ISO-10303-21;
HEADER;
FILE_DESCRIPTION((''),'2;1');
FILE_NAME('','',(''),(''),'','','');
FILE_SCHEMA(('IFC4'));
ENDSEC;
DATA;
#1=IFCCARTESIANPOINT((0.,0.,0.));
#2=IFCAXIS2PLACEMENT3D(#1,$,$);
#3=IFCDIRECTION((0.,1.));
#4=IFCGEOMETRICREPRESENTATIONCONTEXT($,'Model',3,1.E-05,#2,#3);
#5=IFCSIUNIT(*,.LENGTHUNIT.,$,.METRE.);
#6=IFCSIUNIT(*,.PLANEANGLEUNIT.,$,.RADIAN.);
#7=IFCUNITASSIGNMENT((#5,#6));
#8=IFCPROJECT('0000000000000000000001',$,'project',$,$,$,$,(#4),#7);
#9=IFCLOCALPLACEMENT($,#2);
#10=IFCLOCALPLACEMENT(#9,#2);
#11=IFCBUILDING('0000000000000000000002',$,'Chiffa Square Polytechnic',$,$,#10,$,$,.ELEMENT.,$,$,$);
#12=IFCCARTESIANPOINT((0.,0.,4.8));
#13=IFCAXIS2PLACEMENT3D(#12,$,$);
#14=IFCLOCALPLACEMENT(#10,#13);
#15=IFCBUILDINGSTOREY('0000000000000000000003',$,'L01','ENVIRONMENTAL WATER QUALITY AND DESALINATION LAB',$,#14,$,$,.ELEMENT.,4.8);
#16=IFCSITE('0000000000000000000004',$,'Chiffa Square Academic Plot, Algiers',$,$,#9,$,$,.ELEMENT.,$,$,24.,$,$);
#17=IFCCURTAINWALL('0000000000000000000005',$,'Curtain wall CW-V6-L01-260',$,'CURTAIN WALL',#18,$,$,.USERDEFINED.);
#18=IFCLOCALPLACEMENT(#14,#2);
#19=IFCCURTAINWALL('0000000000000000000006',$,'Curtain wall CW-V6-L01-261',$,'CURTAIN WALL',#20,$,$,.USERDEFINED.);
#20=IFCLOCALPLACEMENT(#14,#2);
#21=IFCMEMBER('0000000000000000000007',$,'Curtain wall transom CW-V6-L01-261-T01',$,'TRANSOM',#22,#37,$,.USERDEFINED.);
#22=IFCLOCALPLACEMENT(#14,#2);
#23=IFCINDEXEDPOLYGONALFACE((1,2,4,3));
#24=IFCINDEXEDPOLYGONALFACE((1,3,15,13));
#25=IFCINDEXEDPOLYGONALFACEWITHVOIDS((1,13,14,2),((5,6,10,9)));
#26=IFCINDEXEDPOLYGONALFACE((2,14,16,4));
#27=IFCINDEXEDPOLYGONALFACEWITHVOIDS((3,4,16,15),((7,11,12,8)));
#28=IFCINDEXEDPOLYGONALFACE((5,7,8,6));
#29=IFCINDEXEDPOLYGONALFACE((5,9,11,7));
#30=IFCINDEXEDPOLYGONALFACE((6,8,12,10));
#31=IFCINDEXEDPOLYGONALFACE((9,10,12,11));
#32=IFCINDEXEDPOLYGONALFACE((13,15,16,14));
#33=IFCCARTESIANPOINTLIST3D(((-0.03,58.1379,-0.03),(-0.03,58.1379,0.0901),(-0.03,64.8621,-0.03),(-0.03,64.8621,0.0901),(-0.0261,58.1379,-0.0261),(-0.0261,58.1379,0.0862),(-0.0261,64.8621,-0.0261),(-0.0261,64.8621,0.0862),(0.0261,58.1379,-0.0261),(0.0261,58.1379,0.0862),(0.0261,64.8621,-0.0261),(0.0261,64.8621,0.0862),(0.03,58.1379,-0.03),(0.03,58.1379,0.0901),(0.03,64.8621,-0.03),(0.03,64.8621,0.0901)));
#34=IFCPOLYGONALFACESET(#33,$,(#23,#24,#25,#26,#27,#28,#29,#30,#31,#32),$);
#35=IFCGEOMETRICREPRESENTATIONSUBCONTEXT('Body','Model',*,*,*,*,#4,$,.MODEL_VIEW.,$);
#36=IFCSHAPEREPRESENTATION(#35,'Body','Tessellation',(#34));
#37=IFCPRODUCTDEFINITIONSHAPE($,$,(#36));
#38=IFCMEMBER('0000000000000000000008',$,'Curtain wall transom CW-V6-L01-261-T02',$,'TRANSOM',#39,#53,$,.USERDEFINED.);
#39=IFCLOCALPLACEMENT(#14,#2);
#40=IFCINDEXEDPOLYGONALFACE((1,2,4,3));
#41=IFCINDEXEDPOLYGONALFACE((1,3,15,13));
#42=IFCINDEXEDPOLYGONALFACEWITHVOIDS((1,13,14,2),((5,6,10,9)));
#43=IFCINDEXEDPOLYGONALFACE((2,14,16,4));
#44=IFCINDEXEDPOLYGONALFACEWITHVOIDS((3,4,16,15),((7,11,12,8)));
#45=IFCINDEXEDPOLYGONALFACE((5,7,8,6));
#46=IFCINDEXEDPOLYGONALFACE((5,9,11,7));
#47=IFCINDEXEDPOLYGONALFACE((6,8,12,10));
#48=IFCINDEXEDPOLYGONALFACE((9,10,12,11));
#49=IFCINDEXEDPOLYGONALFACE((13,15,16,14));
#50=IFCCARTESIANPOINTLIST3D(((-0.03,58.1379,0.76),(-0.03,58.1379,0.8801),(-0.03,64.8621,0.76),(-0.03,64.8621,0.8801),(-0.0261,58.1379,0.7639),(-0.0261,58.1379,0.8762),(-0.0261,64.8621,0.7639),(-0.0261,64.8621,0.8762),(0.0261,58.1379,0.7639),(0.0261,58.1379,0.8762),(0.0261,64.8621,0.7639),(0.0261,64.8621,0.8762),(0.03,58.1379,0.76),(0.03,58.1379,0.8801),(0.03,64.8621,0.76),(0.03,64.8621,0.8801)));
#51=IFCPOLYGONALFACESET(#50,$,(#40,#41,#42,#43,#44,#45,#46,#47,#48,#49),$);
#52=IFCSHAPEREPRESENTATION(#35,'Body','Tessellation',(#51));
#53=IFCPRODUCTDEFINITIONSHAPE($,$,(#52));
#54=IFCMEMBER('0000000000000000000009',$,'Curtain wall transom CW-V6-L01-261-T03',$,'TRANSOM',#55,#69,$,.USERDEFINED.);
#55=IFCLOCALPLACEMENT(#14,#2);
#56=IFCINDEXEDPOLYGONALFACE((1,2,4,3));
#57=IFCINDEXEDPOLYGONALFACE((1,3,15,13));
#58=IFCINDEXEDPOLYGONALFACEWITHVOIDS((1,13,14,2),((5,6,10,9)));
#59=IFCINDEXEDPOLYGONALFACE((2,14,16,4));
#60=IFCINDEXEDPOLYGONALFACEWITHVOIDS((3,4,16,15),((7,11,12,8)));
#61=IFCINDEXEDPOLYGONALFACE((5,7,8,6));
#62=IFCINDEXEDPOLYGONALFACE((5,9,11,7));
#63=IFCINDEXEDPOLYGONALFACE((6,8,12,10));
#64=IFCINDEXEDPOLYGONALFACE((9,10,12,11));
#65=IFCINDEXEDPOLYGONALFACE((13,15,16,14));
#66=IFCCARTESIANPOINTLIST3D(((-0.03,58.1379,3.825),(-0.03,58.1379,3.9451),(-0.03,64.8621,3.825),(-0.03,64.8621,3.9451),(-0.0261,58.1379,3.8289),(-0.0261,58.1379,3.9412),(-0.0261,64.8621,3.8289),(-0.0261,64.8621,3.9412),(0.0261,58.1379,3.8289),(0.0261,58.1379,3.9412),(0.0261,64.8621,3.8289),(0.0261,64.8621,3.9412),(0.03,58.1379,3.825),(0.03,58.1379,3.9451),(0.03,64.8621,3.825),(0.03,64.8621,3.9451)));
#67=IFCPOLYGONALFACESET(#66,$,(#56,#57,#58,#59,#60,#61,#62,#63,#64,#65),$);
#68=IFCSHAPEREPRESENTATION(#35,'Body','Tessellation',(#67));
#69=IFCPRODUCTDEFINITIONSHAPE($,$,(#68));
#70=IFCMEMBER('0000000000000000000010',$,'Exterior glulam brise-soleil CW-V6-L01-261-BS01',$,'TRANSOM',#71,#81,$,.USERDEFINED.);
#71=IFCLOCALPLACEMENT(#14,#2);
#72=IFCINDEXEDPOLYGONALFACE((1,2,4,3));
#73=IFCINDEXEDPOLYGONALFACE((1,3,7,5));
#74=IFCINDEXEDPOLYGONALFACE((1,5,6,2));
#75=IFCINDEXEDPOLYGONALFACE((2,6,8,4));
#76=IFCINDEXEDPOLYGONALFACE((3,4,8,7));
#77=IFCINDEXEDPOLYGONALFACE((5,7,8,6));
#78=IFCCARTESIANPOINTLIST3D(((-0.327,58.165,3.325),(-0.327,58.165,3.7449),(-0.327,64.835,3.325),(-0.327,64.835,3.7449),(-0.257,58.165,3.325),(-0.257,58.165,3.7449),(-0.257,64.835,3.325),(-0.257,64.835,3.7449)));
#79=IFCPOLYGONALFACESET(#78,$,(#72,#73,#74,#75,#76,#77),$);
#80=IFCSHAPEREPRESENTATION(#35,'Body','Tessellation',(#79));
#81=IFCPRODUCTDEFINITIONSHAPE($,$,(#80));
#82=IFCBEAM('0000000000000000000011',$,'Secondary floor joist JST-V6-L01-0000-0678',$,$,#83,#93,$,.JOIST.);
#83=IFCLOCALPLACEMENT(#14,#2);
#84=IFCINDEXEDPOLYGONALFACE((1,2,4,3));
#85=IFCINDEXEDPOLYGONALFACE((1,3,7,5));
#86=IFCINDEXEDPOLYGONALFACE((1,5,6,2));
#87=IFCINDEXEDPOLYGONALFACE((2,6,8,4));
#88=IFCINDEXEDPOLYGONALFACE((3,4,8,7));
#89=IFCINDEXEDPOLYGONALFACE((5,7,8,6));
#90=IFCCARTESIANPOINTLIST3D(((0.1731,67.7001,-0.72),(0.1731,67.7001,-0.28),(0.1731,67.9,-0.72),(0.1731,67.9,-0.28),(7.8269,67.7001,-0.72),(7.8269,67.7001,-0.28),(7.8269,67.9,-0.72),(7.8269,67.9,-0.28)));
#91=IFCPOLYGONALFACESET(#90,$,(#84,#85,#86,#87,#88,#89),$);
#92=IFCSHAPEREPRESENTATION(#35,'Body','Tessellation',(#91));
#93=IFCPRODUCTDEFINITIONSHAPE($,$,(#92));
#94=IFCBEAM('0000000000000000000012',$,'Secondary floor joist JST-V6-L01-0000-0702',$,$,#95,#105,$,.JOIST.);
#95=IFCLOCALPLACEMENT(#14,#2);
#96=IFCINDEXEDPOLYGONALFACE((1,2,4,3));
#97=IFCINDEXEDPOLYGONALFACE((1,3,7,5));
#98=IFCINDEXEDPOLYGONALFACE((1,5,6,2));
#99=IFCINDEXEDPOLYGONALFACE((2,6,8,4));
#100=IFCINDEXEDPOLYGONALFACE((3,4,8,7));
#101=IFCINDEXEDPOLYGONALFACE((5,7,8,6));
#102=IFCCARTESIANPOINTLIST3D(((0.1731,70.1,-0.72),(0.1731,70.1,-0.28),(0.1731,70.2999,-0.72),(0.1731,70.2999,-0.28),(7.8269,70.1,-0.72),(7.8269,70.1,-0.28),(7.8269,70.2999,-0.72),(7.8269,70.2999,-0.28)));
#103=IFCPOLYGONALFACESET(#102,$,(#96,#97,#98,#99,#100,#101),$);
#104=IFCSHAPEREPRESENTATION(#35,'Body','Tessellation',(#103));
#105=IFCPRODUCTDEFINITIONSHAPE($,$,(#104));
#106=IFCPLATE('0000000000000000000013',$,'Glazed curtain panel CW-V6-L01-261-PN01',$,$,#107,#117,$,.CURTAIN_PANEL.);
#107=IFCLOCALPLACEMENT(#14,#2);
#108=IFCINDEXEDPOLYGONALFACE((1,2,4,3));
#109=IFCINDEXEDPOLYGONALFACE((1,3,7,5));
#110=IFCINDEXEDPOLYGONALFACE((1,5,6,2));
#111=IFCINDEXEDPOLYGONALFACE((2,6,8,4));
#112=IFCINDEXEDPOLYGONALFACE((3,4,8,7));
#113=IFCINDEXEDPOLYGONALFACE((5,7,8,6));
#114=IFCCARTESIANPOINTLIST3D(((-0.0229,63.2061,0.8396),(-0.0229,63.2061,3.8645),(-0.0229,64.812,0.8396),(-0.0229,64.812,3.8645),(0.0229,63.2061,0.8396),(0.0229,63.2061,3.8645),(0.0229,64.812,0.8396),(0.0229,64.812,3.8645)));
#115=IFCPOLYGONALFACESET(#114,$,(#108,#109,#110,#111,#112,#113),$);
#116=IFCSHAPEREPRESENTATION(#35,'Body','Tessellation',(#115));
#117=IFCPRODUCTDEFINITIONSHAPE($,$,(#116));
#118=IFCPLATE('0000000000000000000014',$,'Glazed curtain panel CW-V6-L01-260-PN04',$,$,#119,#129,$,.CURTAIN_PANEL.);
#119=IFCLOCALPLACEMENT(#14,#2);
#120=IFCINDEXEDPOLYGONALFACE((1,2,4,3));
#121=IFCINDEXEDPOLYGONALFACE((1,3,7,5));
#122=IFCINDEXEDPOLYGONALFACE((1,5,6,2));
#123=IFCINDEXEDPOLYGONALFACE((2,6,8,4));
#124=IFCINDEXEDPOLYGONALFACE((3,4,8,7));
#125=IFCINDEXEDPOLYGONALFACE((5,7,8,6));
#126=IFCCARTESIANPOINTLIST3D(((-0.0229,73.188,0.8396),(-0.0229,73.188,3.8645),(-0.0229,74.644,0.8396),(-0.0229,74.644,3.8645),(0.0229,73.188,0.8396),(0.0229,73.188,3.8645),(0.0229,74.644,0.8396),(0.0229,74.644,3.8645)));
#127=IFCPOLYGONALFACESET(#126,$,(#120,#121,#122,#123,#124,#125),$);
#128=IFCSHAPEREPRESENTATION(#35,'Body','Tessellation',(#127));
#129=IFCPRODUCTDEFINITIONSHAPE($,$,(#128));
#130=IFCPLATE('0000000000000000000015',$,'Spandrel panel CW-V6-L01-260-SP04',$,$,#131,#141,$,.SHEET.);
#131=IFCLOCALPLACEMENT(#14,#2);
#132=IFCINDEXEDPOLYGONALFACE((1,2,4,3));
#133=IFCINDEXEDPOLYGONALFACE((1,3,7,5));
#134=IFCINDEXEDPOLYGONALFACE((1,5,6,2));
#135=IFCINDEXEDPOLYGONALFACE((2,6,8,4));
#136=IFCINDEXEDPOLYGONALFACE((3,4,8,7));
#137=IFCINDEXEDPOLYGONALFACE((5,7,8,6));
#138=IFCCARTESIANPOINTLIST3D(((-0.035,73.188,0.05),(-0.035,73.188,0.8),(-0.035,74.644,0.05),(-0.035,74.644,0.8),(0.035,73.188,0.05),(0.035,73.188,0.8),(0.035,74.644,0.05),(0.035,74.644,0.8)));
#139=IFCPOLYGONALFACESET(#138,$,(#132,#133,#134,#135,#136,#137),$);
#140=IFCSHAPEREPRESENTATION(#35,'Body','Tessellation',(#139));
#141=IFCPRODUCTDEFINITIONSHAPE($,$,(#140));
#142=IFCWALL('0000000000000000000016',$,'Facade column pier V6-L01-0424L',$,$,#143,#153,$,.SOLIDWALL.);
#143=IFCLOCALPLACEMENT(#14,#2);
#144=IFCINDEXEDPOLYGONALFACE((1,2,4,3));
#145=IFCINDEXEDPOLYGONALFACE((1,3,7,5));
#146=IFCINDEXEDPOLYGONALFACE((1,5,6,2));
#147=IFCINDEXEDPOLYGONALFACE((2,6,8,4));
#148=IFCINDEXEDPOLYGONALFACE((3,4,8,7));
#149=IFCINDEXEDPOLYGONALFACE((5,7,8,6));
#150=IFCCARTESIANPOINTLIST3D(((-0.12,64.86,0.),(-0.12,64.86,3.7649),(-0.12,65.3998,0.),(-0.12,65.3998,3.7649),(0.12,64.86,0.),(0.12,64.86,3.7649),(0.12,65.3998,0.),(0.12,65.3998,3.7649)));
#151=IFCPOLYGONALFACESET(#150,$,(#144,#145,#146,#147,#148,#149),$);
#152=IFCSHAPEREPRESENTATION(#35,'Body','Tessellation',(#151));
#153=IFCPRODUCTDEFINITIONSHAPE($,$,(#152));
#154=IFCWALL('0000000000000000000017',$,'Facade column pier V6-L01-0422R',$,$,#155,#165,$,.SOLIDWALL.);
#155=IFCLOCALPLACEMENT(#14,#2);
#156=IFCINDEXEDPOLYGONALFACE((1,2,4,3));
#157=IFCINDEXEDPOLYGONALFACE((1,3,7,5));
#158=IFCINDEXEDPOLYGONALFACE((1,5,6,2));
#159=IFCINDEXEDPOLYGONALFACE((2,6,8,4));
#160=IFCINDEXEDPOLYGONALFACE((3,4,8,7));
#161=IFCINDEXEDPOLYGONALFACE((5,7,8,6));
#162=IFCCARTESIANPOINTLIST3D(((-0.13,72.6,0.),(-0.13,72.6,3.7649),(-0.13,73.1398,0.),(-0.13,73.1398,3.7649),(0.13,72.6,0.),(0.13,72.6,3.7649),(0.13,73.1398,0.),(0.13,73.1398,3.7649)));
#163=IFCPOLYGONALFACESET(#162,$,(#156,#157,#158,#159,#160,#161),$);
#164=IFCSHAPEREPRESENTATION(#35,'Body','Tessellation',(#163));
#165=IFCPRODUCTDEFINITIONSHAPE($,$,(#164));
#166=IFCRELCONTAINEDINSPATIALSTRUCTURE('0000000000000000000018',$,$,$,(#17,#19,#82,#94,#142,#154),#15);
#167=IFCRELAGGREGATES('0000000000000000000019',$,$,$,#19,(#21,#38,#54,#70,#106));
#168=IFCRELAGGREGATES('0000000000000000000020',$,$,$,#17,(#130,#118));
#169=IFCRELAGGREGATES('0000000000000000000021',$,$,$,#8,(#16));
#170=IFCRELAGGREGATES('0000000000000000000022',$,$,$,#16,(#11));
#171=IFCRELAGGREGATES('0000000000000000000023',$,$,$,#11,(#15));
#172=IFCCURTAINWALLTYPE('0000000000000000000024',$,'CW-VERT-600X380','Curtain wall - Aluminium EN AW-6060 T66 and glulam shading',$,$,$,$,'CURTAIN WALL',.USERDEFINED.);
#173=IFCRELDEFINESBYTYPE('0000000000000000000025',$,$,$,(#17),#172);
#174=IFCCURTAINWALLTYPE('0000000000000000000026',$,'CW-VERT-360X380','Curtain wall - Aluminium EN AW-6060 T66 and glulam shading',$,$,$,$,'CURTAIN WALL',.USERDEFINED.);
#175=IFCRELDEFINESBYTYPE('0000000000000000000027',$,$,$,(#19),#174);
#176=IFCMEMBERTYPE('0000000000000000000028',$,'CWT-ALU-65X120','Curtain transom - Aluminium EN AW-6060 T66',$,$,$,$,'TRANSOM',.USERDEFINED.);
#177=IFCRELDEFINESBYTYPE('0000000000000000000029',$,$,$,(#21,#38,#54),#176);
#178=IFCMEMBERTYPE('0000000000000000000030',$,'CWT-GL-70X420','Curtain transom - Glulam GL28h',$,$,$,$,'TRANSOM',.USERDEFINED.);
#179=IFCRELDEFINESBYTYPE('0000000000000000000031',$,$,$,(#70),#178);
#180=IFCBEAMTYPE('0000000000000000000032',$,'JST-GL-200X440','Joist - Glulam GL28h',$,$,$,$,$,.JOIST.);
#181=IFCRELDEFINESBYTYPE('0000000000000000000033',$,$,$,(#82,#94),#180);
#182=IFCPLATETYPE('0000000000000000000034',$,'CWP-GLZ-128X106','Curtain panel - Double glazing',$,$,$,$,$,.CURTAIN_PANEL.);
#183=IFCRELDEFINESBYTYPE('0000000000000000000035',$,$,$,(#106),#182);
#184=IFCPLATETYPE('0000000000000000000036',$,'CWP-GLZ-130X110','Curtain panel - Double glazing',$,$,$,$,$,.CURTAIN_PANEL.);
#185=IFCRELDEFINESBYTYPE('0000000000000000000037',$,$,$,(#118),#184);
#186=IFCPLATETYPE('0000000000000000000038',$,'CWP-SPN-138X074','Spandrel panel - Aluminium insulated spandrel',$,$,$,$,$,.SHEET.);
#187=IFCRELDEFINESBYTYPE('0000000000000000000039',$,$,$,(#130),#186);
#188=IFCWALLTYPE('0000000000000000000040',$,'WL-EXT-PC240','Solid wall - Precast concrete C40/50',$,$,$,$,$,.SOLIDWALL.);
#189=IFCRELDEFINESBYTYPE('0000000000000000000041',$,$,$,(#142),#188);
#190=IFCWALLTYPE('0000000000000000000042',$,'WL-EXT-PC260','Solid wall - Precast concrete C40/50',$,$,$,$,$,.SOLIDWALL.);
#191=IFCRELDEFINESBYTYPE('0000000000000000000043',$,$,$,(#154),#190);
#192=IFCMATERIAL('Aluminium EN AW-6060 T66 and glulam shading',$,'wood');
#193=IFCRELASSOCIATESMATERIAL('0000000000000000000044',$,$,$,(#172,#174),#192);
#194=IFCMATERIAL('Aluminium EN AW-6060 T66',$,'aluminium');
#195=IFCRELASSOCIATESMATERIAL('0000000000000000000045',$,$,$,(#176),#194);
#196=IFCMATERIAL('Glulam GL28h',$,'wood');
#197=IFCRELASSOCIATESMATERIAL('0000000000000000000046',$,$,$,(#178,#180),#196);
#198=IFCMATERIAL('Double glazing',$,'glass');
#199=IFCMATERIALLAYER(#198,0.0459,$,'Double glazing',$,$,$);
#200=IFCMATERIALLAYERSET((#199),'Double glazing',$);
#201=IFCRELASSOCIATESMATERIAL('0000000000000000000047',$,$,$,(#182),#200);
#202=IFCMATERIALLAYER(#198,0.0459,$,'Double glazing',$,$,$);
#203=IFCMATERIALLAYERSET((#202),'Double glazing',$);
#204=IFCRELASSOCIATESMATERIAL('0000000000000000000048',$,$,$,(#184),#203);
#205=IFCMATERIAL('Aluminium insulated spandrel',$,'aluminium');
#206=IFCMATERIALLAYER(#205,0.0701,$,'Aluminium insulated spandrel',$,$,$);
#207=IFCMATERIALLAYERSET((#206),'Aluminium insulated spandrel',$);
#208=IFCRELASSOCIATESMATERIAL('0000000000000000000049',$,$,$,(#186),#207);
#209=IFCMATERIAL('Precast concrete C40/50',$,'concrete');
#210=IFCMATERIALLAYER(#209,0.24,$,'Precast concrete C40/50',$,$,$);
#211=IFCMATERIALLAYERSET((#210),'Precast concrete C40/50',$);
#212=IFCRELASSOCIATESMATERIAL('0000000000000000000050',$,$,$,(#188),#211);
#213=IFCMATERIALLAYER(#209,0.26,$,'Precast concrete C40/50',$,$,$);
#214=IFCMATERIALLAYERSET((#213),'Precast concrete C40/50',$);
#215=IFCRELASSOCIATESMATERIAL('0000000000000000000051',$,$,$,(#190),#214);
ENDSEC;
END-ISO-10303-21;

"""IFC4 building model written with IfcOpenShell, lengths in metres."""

from ifc_helpers import new_model, si_unit, direction, frame, frame_2d, origin, origin_2d, place, context, subcontext, project, spatial, rectangle, hollow_rectangle, extrude, material, layer, layer_set, material_profile, profile_set, type_object, element, aggregate, save


model = new_model("IFC4")

# Units and contexts
model_context = context("Model", 3, precision=1e-05, world=origin(), true_north=direction((0.0, 1.0)))
body_context = subcontext(model_context, "Body", "Model", "MODEL_VIEW")
ifc_project = project(units=[si_unit("LENGTHUNIT", "METRE"), si_unit("PLANEANGLEUNIT", "RADIAN")], contexts=[model_context])

# Site, building, storey
site_placement = place(None, origin())
site = spatial("IfcSite", under=ifc_project, at=site_placement, Name="Chiffa Square Academic Plot, Algiers", CompositionType="ELEMENT", RefElevation=24.0)
building_placement = place(site_placement, origin())
building = spatial("IfcBuilding", under=site, at=building_placement, Name="Chiffa Square Polytechnic", CompositionType="ELEMENT")
storey_placement = place(building_placement, frame((0.0, 0.0, 4.8)))
storey = spatial("IfcBuildingStorey", under=building, at=storey_placement, Name="L01", Description="ENVIRONMENTAL WATER QUALITY AND DESALINATION LAB", CompositionType="ELEMENT", Elevation=4.8)

# Curtain walls
ifc_material_1 = material(Name="Aluminium EN AW-6060 T66 and glulam shading", Category="wood")
curtain_wall_type_1 = type_object("IfcCurtainWallType", Name="CW-VERT-600X380", Description="Curtain wall - Aluminium EN AW-6060 T66 and glulam shading", ElementType="CURTAIN WALL", PredefinedType="USERDEFINED", material=ifc_material_1)
curtain_wall_1_placement = place(storey_placement, origin())
curtain_wall_1 = element("IfcCurtainWall", 1, at=curtain_wall_1_placement, inside=storey, type_object=curtain_wall_type_1, Name="Curtain wall CW-V6-L01-260", ObjectType="CURTAIN WALL", PredefinedType="USERDEFINED")
ifc_material_2 = material(Name="Aluminium EN AW-6060 T66", Category="aluminium")
curtain_wall_type_2 = type_object("IfcCurtainWallType", Name="CW-VERT-360X380", Description="Curtain wall - Aluminium EN AW-6060 T66 and glulam shading", ElementType="CURTAIN WALL", PredefinedType="USERDEFINED", material=ifc_material_1)
curtain_wall_2_placement = place(storey_placement, origin())
curtain_wall_2 = element("IfcCurtainWall", 2, at=curtain_wall_2_placement, inside=storey, type_object=curtain_wall_type_2, Name="Curtain wall CW-V6-L01-261", ObjectType="CURTAIN WALL", PredefinedType="USERDEFINED")

# Members
ifc_material_3 = material(Name="Glulam GL28h", Category="wood")
ifc_material_profile_1 = material_profile(ifc_material_2, hollow_rectangle(XDim=0.0601, YDim=0.1201, WallThickness=0.0039, at=origin_2d()), Name="ALU 60x120x4")
ifc_profile_set_1 = profile_set([ifc_material_profile_1], Name="Aluminium EN AW-6060 T66")
member_type_1 = type_object("IfcMemberType", Name="CWT-ALU-65X120", Description="Curtain transom - Aluminium EN AW-6060 T66", ElementType="TRANSOM", PredefinedType="USERDEFINED", material=ifc_profile_set_1)
member_1_placement = place(storey_placement, frame((0.0, 64.8621, 0.03), z_axis=(0.0, -1.0, 0.0), x_axis=(1.0, 0.0, 0.0)))
member_1 = element("IfcMember", 3, at=member_1_placement, type_object=member_type_1, Name="Curtain wall transom CW-V6-L01-261-T01", ObjectType="TRANSOM", PredefinedType="USERDEFINED", context=body_context, shape_type="SweptSolid", body=[
    extrude(hollow_rectangle(XDim=0.0601, YDim=0.1201, WallThickness=0.0039, at=origin_2d()), origin(), (0.0, 0.0, 1.0), 6.7241),
])
member_2_placement = place(storey_placement, frame((0.0, 64.8621, 0.8201), z_axis=(0.0, -1.0, 0.0), x_axis=(1.0, 0.0, 0.0)))
member_2 = element("IfcMember", 4, at=member_2_placement, type_object=member_type_1, Name="Curtain wall transom CW-V6-L01-261-T02", ObjectType="TRANSOM", PredefinedType="USERDEFINED", context=body_context, shape_type="SweptSolid", body=[
    extrude(hollow_rectangle(XDim=0.0601, YDim=0.1201, WallThickness=0.0039, at=origin_2d()), origin(), (0.0, 0.0, 1.0), 6.7241),
])
member_3_placement = place(storey_placement, frame((0.0, 64.8621, 3.885), z_axis=(0.0, -1.0, 0.0), x_axis=(1.0, 0.0, 0.0)))
member_3 = element("IfcMember", 5, at=member_3_placement, type_object=member_type_1, Name="Curtain wall transom CW-V6-L01-261-T03", ObjectType="TRANSOM", PredefinedType="USERDEFINED", context=body_context, shape_type="SweptSolid", body=[
    extrude(hollow_rectangle(XDim=0.0601, YDim=0.1201, WallThickness=0.0039, at=origin_2d()), origin(), (0.0, 0.0, 1.0), 6.7241),
])
ifc_material_profile_2 = material_profile(ifc_material_3, rectangle(XDim=0.0701, YDim=0.4199, at=origin_2d()), Name="GL28h 70x420")
ifc_profile_set_2 = profile_set([ifc_material_profile_2], Name="Glulam GL28h")
member_type_2 = type_object("IfcMemberType", Name="CWT-GL-70X420", Description="Curtain transom - Glulam GL28h", ElementType="TRANSOM", PredefinedType="USERDEFINED", material=ifc_profile_set_2)
member_4_placement = place(storey_placement, frame((-0.292, 64.835, 3.5349), z_axis=(0.0, -1.0, 0.0), x_axis=(1.0, 0.0, 0.0)))
member_4 = element("IfcMember", 6, at=member_4_placement, type_object=member_type_2, Name="Exterior glulam brise-soleil CW-V6-L01-261-BS01", ObjectType="TRANSOM", PredefinedType="USERDEFINED", context=body_context, shape_type="SweptSolid", body=[
    extrude(rectangle(XDim=0.0701, YDim=0.4199, at=origin_2d()), origin(), (0.0, 0.0, 1.0), 6.6699),
])

# Beams
ifc_material_profile_3 = material_profile(ifc_material_3, rectangle(XDim=0.2, YDim=0.4399, at=origin_2d()), Name="GL28h 200x440")
ifc_profile_set_3 = profile_set([ifc_material_profile_3], Name="Glulam GL28h")
beam_type_1 = type_object("IfcBeamType", Name="JST-GL-200X440", Description="Joist - Glulam GL28h", PredefinedType="JOIST", material=ifc_profile_set_3)
for number, where, z_axis, x_axis, name in (
    (7, (0.1731, 67.8, -0.5), (1.0, 0.0, 0.0), (0.0, 1.0, 0.0), "Secondary floor joist JST-V6-L01-0000-0678"),
    (8, (0.1731, 70.2, -0.5), (1.0, 0.0, 0.0), (0.0, 1.0, 0.0), "Secondary floor joist JST-V6-L01-0000-0702"),
):
    element("IfcBeam", number, at=place(storey_placement, frame(where, z_axis=z_axis, x_axis=x_axis)), inside=storey, type_object=beam_type_1, Name=name, PredefinedType="JOIST", context=body_context, shape_type="SweptSolid", body=[
        extrude(rectangle(XDim=0.2, YDim=0.4399, at=origin_2d()), origin(), (0.0, 0.0, 1.0), 7.6538),
    ])

# Plates
ifc_material_4 = material(Name="Double glazing", Category="glass")
ifc_layer_1 = layer(ifc_material_4, 0.0459, Name="Double glazing")
ifc_layer_set_1 = layer_set([ifc_layer_1], Name="Double glazing")
plate_type_1 = type_object("IfcPlateType", Name="CWP-GLZ-128X106", Description="Curtain panel - Double glazing", PredefinedType="CURTAIN_PANEL", material=ifc_layer_set_1)
plate_1_placement = place(storey_placement, frame((0.0, 64.009, 0.8396), z_axis=(0.0, 0.0, 1.0), x_axis=(0.0, -1.0, 0.0)))
plate_1 = element("IfcPlate", 9, at=plate_1_placement, type_object=plate_type_1, Name="Glazed curtain panel CW-V6-L01-261-PN01", PredefinedType="CURTAIN_PANEL", context=body_context, shape_type="SweptSolid", body=[
    extrude(rectangle(XDim=1.606, YDim=0.0459, at=origin_2d()), origin(), (0.0, 0.0, 1.0), 3.0249),
])
aggregate(curtain_wall_2, [member_1, member_2, member_3, member_4, plate_1])
ifc_layer_2 = layer(ifc_material_4, 0.0459, Name="Double glazing")
ifc_layer_set_2 = layer_set([ifc_layer_2], Name="Double glazing")
plate_type_2 = type_object("IfcPlateType", Name="CWP-GLZ-130X110", Description="Curtain panel - Double glazing", PredefinedType="CURTAIN_PANEL", material=ifc_layer_set_2)
plate_2_placement = place(storey_placement, frame((0.0, 73.916, 0.8396), z_axis=(0.0, 0.0, 1.0), x_axis=(0.0, -1.0, 0.0)))
plate_2 = element("IfcPlate", 10, at=plate_2_placement, type_object=plate_type_2, Name="Glazed curtain panel CW-V6-L01-260-PN04", PredefinedType="CURTAIN_PANEL", context=body_context, shape_type="SweptSolid", body=[
    extrude(rectangle(XDim=1.4561, YDim=0.0459, at=origin_2d()), origin(), (0.0, 0.0, 1.0), 3.0249),
])
ifc_material_5 = material(Name="Aluminium insulated spandrel", Category="aluminium")
ifc_layer_3 = layer(ifc_material_5, 0.0701, Name="Aluminium insulated spandrel")
ifc_layer_set_3 = layer_set([ifc_layer_3], Name="Aluminium insulated spandrel")
plate_type_3 = type_object("IfcPlateType", Name="CWP-SPN-138X074", Description="Spandrel panel - Aluminium insulated spandrel", PredefinedType="SHEET", material=ifc_layer_set_3)
plate_3_placement = place(storey_placement, frame((0.0, 73.916, 0.05), z_axis=(0.0, 0.0, 1.0), x_axis=(0.0, -1.0, 0.0)))
plate_3 = element("IfcPlate", 11, at=plate_3_placement, type_object=plate_type_3, Name="Spandrel panel CW-V6-L01-260-SP04", PredefinedType="SHEET", context=body_context, shape_type="SweptSolid", body=[
    extrude(rectangle(XDim=1.4561, YDim=0.0701, at=origin_2d()), origin(), (0.0, 0.0, 1.0), 0.75),
])
aggregate(curtain_wall_1, [plate_3, plate_2])

# Walls
ifc_material_6 = material(Name="Precast concrete C40/50", Category="concrete")
ifc_layer_4 = layer(ifc_material_6, 0.24, Name="Precast concrete C40/50")
ifc_layer_set_4 = layer_set([ifc_layer_4], Name="Precast concrete C40/50")
wall_type_1 = type_object("IfcWallType", Name="WL-EXT-PC240", Description="Solid wall - Precast concrete C40/50", PredefinedType="SOLIDWALL", material=ifc_layer_set_4)
wall_1_placement = place(storey_placement, frame((0.0, 65.3999, 0.0), z_axis=(0.0, 0.0, 1.0), x_axis=(0.0, -1.0, 0.0)))
element("IfcWall", 12, at=wall_1_placement, inside=storey, type_object=wall_type_1, Name="Facade column pier V6-L01-0424L", PredefinedType="SOLIDWALL", context=body_context, shape_type="SweptSolid", body=[
    extrude(rectangle(XDim=0.5398, YDim=0.24, at=frame_2d((0.27, 0.0))), origin(), (0.0, 0.0, 1.0), 3.7649),
])
ifc_layer_5 = layer(ifc_material_6, 0.26, Name="Precast concrete C40/50")
ifc_layer_set_5 = layer_set([ifc_layer_5], Name="Precast concrete C40/50")
wall_type_2 = type_object("IfcWallType", Name="WL-EXT-PC260", Description="Solid wall - Precast concrete C40/50", PredefinedType="SOLIDWALL", material=ifc_layer_set_5)
wall_2_placement = place(storey_placement, frame((0.0, 73.1399, 0.0), z_axis=(0.0, 0.0, 1.0), x_axis=(0.0, -1.0, 0.0)))
element("IfcWall", 13, at=wall_2_placement, inside=storey, type_object=wall_type_2, Name="Facade column pier V6-L01-0422R", PredefinedType="SOLIDWALL", context=body_context, shape_type="SweptSolid", body=[
    extrude(rectangle(XDim=0.5398, YDim=0.26, at=frame_2d((0.27, 0.0))), origin(), (0.0, 0.0, 1.0), 3.7649),
])

save(model, "model.ifc")
